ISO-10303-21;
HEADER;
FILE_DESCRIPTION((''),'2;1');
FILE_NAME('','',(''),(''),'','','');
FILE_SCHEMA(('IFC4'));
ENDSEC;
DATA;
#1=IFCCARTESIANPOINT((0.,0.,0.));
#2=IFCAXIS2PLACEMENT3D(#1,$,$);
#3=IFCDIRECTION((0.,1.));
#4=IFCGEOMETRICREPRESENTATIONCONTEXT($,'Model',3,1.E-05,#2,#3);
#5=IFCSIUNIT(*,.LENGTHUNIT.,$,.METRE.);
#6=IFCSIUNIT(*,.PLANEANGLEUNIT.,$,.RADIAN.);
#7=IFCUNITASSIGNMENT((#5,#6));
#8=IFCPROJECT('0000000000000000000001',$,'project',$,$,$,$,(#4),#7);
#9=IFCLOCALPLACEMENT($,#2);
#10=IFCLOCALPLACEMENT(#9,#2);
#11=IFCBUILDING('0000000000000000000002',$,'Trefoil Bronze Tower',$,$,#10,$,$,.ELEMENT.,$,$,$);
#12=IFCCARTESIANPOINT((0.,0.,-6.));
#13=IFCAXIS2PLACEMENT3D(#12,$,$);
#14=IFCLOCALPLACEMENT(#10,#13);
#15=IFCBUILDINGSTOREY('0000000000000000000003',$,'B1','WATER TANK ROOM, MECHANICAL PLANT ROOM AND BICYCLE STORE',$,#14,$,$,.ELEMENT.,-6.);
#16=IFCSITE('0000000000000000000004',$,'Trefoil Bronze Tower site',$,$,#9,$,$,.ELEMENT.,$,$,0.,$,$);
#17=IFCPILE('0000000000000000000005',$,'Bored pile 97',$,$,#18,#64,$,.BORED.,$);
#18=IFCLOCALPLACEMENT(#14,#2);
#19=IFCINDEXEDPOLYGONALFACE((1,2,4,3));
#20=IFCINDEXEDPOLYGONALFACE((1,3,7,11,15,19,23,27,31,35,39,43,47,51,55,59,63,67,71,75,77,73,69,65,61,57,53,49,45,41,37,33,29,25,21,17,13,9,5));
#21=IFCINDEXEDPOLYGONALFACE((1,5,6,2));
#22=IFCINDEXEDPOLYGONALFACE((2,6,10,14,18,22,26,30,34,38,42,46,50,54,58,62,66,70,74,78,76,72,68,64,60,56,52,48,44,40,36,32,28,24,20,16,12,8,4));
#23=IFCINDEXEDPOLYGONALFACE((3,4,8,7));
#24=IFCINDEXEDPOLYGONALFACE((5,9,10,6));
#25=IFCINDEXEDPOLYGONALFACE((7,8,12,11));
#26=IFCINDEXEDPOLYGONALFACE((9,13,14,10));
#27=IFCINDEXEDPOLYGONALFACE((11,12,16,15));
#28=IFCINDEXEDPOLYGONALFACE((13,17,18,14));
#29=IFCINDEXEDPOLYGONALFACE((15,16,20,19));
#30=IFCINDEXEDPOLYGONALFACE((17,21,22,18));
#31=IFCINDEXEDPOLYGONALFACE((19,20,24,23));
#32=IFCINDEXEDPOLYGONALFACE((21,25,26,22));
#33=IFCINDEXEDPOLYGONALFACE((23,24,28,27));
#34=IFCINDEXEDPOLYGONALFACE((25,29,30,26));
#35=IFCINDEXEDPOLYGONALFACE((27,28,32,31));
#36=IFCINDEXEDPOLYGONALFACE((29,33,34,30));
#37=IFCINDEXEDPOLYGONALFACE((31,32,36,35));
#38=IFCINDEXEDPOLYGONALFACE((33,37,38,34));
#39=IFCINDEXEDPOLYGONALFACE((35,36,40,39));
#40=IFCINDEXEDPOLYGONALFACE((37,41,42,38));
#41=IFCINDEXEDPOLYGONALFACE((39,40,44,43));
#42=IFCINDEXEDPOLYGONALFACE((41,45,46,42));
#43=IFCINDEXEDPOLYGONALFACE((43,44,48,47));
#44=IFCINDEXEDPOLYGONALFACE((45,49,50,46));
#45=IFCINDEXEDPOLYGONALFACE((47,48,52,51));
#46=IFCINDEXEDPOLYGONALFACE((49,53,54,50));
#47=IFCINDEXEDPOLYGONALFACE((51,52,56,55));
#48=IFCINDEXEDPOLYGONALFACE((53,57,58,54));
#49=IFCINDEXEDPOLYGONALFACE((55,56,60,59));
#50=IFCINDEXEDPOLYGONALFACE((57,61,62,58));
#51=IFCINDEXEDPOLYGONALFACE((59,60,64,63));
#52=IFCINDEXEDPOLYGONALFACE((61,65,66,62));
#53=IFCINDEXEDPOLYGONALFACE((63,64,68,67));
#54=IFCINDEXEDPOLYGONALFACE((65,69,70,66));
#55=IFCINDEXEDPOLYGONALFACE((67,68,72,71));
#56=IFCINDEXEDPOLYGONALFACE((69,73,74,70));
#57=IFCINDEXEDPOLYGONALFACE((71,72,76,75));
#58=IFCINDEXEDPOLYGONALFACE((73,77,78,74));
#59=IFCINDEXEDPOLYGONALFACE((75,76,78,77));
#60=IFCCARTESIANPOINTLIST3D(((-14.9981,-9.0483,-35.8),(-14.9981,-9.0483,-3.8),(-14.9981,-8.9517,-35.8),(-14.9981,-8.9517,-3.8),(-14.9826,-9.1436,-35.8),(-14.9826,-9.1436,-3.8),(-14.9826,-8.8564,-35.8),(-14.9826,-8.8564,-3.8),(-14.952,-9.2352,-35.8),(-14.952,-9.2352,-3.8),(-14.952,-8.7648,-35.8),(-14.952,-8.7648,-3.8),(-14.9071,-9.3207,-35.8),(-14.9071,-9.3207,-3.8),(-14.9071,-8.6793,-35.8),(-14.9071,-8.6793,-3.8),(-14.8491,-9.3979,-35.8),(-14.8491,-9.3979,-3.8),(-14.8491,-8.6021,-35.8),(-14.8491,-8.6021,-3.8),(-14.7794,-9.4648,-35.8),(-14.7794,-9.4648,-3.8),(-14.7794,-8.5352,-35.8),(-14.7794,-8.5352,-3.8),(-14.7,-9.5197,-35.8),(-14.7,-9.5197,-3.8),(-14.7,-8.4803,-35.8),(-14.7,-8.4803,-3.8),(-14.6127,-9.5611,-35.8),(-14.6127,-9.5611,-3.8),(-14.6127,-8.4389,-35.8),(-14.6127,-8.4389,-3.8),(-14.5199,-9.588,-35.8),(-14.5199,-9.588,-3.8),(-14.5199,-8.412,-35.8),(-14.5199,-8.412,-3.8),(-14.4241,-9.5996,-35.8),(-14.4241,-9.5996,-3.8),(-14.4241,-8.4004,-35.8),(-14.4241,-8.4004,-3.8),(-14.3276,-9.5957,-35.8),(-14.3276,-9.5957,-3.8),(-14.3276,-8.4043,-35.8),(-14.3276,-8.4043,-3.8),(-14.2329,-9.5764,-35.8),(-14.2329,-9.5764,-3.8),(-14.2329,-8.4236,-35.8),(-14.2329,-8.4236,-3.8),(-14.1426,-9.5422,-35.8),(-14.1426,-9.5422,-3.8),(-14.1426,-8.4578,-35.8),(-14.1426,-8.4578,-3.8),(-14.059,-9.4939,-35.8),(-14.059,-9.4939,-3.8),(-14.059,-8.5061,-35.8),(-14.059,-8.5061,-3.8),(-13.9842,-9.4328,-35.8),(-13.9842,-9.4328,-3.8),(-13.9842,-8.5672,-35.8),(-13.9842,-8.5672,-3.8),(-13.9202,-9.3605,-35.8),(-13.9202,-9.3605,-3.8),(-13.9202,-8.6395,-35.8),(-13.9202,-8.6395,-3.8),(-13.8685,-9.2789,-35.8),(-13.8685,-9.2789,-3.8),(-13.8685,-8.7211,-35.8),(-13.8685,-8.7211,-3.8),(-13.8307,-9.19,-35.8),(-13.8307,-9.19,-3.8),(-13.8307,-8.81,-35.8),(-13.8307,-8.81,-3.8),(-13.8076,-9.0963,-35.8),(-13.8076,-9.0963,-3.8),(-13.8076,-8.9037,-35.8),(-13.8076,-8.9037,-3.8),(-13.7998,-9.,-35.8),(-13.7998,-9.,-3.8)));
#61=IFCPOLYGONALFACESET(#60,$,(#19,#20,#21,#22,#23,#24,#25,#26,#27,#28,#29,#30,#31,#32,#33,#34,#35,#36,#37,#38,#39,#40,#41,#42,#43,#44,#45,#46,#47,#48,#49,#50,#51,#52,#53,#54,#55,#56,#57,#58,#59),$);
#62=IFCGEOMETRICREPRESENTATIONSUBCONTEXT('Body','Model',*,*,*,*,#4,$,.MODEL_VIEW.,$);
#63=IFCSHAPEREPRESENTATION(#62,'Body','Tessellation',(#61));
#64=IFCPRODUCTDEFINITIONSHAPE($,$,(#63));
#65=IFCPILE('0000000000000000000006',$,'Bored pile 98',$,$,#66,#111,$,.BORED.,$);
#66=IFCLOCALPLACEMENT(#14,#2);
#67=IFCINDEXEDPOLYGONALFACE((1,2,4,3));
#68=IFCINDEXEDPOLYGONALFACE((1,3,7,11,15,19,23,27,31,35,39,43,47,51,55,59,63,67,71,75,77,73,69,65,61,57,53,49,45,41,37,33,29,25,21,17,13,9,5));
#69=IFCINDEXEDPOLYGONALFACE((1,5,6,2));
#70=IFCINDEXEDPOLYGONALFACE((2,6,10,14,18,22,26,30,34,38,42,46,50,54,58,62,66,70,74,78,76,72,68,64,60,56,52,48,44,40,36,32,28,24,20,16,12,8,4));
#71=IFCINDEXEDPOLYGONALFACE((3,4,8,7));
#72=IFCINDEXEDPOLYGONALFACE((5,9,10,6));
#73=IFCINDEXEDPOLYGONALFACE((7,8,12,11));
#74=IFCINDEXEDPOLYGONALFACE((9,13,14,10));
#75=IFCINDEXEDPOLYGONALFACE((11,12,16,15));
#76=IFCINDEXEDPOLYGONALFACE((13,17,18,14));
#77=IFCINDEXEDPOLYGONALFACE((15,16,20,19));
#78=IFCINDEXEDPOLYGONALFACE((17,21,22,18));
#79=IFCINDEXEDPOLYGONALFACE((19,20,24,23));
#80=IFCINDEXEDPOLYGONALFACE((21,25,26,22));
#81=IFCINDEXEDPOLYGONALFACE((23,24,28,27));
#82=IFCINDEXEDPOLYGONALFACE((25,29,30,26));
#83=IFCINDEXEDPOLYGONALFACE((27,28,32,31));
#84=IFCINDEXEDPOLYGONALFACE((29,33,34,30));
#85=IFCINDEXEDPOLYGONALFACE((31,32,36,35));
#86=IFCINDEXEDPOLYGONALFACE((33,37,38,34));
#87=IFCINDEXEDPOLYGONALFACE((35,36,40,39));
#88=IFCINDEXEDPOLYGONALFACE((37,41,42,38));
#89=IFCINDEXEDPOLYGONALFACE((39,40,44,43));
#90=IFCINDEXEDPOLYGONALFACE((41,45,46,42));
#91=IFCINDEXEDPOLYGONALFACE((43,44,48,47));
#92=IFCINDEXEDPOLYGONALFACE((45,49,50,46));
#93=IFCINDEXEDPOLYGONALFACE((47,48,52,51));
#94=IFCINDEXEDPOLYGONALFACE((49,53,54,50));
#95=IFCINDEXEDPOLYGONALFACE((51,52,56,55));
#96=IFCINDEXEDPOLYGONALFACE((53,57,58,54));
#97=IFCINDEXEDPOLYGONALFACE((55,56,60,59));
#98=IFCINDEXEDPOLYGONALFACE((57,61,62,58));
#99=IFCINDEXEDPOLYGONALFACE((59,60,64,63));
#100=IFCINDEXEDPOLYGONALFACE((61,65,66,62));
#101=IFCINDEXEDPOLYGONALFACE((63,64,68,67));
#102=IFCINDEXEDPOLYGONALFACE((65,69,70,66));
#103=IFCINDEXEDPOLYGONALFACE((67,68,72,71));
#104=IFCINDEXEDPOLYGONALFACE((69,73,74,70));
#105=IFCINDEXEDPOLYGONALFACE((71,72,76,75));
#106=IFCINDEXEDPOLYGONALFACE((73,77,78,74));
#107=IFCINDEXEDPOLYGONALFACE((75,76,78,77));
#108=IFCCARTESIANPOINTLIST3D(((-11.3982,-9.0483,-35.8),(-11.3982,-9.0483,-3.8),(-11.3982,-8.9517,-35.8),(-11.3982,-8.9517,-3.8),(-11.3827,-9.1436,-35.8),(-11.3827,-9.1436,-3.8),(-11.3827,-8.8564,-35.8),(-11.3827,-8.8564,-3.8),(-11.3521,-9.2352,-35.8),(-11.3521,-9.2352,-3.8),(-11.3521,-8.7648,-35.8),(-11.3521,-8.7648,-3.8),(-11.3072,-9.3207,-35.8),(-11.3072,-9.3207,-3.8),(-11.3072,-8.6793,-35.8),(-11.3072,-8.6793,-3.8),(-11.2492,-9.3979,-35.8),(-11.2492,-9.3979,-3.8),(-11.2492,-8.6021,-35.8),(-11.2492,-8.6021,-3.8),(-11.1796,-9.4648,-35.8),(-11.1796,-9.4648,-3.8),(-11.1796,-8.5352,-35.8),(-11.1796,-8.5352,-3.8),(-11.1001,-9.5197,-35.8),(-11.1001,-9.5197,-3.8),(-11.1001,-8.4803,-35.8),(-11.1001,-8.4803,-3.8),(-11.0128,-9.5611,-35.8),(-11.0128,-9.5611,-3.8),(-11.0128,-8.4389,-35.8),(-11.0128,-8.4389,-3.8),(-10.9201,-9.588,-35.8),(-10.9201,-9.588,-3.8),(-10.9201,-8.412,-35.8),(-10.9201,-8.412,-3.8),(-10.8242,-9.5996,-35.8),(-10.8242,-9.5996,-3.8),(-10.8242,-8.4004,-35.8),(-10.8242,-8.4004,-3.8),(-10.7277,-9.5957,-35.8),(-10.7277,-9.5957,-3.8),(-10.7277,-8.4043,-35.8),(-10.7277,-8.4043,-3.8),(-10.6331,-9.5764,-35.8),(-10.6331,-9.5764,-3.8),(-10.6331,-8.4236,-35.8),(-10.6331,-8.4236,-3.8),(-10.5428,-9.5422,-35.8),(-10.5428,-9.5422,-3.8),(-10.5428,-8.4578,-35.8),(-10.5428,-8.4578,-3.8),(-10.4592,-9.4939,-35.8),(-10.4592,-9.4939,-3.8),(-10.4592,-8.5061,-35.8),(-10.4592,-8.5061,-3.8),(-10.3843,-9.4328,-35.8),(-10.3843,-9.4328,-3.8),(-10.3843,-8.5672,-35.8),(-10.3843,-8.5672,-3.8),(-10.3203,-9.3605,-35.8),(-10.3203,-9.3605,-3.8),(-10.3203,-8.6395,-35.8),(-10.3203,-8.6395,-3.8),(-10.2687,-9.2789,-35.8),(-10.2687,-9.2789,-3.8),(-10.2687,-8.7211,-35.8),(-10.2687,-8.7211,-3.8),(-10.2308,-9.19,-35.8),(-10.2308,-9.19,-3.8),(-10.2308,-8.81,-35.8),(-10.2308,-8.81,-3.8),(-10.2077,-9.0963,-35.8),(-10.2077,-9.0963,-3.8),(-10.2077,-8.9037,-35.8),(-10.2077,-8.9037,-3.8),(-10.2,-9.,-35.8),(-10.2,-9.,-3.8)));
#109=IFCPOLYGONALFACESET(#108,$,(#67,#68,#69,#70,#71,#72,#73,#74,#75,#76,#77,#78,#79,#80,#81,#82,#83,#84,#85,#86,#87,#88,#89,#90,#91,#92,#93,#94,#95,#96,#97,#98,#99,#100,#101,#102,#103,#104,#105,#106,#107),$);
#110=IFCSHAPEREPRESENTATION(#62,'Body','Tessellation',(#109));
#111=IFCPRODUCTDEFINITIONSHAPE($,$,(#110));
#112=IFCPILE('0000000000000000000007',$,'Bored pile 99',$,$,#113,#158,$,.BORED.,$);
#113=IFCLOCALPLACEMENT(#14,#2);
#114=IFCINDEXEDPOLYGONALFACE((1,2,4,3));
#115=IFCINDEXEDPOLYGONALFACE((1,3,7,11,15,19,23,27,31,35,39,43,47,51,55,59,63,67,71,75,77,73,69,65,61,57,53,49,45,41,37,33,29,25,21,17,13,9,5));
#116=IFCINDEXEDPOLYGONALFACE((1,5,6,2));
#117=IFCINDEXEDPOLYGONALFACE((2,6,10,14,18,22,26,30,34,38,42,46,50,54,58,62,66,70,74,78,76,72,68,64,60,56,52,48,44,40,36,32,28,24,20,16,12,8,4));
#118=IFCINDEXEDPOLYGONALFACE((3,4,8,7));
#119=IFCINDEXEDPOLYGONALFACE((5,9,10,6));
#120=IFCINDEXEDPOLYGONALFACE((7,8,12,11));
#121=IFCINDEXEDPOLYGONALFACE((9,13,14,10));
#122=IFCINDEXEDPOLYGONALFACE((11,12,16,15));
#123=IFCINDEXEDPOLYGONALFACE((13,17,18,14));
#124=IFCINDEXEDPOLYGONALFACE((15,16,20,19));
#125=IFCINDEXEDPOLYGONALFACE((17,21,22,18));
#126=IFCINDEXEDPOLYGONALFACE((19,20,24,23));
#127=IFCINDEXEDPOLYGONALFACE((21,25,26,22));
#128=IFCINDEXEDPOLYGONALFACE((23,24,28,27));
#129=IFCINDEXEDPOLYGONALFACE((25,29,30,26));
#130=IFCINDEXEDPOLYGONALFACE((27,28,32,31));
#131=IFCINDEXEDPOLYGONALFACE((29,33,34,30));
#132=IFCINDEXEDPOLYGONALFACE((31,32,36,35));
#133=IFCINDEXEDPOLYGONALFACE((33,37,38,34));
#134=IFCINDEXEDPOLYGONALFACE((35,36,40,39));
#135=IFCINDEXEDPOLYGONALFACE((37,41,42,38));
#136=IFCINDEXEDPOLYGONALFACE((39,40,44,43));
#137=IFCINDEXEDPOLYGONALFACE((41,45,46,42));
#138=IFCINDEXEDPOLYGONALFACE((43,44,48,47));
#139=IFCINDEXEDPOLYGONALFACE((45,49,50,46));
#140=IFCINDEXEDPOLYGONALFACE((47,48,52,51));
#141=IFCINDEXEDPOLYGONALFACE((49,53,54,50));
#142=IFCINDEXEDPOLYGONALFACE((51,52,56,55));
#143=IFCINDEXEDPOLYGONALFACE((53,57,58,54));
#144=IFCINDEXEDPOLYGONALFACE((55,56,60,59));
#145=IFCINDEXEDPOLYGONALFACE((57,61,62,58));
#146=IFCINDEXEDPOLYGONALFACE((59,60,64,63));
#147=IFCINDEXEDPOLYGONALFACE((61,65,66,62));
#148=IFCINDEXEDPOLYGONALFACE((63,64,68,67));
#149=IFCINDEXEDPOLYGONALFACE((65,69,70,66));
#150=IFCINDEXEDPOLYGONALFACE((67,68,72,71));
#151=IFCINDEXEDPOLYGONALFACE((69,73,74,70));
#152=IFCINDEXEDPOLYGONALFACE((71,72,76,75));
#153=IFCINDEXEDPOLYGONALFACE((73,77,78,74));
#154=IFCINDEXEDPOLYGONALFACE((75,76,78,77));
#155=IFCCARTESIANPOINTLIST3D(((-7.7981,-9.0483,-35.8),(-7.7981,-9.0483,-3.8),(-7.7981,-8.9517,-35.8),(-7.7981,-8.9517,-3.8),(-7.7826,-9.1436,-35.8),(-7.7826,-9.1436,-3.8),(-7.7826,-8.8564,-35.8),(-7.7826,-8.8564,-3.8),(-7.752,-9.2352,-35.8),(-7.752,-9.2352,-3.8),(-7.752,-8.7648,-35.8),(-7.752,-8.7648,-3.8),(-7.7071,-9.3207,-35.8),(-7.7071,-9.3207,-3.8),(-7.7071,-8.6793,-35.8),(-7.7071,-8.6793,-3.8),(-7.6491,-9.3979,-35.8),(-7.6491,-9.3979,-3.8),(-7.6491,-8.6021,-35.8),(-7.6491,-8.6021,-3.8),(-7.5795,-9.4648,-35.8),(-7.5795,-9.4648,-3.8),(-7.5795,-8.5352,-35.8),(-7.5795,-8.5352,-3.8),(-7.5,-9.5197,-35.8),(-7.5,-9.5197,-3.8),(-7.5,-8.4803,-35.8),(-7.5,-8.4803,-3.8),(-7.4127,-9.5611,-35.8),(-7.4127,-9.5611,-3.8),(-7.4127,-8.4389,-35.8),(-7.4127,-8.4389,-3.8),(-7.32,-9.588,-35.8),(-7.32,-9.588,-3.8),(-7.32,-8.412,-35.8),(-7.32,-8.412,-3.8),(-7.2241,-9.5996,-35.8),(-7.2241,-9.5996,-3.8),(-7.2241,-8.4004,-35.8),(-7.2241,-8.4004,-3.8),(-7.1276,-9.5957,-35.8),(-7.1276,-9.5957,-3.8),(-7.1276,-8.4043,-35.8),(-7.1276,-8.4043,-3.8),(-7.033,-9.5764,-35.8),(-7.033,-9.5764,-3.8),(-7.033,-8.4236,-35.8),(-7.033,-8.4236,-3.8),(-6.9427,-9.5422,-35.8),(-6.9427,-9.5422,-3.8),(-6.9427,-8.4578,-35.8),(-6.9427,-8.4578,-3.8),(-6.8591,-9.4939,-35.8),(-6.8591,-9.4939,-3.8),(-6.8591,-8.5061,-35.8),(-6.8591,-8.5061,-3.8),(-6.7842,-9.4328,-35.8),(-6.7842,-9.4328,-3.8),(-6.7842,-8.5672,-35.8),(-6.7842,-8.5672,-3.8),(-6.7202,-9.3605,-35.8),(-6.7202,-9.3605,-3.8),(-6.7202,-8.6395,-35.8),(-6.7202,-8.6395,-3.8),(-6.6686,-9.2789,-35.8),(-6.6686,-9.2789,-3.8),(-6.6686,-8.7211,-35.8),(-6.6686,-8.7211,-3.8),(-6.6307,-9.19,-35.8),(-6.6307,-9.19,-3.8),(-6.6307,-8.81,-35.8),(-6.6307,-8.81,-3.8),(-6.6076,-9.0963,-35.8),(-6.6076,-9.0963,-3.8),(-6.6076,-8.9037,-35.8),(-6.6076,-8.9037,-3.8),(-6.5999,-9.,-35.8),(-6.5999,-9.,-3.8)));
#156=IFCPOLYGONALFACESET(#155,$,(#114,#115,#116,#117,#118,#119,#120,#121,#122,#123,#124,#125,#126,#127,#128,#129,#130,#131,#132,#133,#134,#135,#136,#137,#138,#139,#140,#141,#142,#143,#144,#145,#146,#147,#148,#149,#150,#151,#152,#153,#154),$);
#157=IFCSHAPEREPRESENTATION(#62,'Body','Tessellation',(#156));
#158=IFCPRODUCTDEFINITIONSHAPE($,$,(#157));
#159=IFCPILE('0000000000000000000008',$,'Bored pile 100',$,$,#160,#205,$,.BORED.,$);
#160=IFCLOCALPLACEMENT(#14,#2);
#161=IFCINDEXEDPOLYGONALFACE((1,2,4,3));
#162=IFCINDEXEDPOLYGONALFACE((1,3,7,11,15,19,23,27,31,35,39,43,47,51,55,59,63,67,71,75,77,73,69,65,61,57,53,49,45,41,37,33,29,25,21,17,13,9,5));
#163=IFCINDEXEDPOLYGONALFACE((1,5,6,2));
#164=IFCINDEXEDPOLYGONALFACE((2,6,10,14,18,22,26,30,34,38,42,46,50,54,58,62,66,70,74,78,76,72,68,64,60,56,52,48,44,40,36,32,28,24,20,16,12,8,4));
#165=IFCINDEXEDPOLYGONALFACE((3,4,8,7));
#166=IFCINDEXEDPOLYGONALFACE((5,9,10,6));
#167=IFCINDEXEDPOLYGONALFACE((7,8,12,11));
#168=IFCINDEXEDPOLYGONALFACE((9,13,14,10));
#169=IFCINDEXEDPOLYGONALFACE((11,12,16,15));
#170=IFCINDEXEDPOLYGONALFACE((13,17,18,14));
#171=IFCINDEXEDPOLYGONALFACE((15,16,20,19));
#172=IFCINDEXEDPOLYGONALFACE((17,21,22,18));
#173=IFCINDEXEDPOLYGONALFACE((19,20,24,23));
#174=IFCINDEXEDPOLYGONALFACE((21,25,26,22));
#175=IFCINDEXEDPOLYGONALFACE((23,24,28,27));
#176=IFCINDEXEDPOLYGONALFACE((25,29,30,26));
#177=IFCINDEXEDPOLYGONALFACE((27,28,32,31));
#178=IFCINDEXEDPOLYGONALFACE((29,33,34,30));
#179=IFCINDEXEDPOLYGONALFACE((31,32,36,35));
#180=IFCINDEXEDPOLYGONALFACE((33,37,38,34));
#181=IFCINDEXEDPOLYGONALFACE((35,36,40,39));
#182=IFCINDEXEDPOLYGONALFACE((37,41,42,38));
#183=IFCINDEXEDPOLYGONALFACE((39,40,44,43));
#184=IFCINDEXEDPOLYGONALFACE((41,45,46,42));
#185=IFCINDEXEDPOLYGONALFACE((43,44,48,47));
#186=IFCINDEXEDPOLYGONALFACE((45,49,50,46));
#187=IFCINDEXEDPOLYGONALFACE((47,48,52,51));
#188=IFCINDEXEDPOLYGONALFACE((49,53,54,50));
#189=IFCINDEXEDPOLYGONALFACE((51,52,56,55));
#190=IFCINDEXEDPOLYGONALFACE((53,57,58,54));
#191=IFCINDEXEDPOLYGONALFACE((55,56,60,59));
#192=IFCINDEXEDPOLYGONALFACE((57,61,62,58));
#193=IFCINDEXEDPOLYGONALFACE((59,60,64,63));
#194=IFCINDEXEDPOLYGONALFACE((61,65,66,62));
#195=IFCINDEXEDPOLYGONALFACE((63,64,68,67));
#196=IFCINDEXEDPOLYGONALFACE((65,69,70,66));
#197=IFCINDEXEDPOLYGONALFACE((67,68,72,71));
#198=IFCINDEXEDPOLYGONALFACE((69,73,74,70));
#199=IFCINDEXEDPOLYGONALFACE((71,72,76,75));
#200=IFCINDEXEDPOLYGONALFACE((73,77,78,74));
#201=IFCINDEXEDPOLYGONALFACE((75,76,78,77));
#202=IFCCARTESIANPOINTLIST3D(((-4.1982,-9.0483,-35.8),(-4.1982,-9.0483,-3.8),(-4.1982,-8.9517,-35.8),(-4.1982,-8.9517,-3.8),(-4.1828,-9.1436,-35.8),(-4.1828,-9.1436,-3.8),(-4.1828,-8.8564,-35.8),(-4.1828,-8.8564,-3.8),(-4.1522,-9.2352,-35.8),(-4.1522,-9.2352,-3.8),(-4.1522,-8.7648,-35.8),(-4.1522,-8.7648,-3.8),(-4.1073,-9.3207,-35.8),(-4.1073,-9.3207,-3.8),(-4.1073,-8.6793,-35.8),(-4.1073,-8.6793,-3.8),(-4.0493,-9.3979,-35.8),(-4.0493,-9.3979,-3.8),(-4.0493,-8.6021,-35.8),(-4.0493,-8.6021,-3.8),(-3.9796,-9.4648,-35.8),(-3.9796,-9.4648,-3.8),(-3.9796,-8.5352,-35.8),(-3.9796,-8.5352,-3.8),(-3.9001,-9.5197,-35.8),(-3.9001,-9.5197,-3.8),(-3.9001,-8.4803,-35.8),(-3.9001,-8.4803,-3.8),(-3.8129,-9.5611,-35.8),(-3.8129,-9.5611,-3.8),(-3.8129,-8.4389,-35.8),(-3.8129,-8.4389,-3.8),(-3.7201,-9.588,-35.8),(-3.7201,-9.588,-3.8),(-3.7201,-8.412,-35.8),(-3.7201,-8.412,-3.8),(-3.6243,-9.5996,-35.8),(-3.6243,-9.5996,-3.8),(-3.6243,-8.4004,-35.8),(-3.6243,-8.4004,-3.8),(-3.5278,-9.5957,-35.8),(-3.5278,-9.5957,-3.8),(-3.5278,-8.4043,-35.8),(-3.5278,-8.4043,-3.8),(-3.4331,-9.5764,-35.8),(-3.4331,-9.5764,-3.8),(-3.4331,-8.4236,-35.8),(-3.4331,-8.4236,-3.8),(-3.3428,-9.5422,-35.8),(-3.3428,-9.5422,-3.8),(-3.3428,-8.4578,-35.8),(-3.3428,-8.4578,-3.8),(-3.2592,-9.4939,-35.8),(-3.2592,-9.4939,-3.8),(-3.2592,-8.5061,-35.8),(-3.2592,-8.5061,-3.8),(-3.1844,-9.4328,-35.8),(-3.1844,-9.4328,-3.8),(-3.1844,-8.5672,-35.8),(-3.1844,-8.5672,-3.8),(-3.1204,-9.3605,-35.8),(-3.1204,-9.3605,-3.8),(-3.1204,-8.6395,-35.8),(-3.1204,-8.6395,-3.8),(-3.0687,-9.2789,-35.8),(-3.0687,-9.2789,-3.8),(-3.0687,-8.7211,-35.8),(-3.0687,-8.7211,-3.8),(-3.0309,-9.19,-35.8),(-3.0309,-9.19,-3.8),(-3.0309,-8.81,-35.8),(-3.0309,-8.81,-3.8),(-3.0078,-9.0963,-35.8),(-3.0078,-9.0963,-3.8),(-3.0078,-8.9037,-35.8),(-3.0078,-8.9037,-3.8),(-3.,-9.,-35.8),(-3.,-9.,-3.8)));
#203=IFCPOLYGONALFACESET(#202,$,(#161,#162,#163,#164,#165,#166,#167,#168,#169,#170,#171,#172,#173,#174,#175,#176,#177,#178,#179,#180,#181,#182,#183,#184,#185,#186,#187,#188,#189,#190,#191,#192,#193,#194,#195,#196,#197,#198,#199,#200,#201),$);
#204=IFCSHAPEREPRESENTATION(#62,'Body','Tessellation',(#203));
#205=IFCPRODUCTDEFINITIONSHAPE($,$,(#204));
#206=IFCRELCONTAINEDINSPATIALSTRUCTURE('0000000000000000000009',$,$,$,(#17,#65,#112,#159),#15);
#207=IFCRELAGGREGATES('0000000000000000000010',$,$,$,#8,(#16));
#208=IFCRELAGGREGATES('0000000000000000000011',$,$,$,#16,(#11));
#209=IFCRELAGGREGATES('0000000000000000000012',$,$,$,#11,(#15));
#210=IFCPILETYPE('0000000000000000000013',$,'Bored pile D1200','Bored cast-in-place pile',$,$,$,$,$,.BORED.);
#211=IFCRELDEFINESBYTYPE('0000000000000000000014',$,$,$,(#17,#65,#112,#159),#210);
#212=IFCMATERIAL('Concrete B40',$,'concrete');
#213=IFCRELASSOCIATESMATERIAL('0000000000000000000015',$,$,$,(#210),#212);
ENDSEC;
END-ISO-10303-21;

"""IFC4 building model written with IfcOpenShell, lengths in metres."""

from ifc_helpers import new_model, si_unit, direction, frame, origin, origin_2d, place, context, subcontext, project, spatial, circle, extrude, material, type_object, element, save


model = new_model("IFC4")

# Units and contexts
model_context = context("Model", 3, precision=1e-05, world=origin(), true_north=direction((0.0, 1.0)))
body_context = subcontext(model_context, "Body", "Model", "MODEL_VIEW")
ifc_project = project(units=[si_unit("LENGTHUNIT", "METRE"), si_unit("PLANEANGLEUNIT", "RADIAN")], contexts=[model_context])

# Site, building, storey
site_placement = place(None, origin())
site = spatial("IfcSite", under=ifc_project, at=site_placement, Name="Trefoil Bronze Tower site", CompositionType="ELEMENT", RefElevation=0.0)
building_placement = place(site_placement, origin())
building = spatial("IfcBuilding", under=site, at=building_placement, Name="Trefoil Bronze Tower", CompositionType="ELEMENT")
storey_placement = place(building_placement, frame((0.0, 0.0, -6.0)))
storey = spatial("IfcBuildingStorey", under=building, at=storey_placement, Name="B1", Description="WATER TANK ROOM, MECHANICAL PLANT ROOM AND BICYCLE STORE", CompositionType="ELEMENT", Elevation=-6.0)

# Piles
ifc_material_1 = material(Name="Concrete B40", Category="concrete")
pile_type = type_object("IfcPileType", Name="Bored pile D1200", Description="Bored cast-in-place pile", PredefinedType="BORED", material=ifc_material_1)
for number, where, z_axis, x_axis, name in (
    (1, (-14.3999, -9.0, -3.8), (0.0, 0.0, -1.0), (1.0, 0.0, 0.0), "Bored pile 97"),
    (2, (-10.8, -9.0, -3.8), (0.0, 0.0, -1.0), (1.0, 0.0, 0.0), "Bored pile 98"),
    (3, (-7.2, -9.0, -3.8), (0.0, 0.0, -1.0), (1.0, 0.0, 0.0), "Bored pile 99"),
    (4, (-3.6001, -9.0, -3.8), (0.0, 0.0, -1.0), (1.0, 0.0, 0.0), "Bored pile 100"),
):
    element("IfcPile", number, at=place(storey_placement, frame(where, z_axis=z_axis, x_axis=x_axis)), inside=storey, type_object=pile_type, Name=name, PredefinedType="BORED", context=body_context, shape_type="SweptSolid", body=[
        extrude(circle(Radius=0.6001, at=origin_2d()), origin(), (0.0, 0.0, 1.0), 32.0),
    ])

save(model, "model.ifc")
